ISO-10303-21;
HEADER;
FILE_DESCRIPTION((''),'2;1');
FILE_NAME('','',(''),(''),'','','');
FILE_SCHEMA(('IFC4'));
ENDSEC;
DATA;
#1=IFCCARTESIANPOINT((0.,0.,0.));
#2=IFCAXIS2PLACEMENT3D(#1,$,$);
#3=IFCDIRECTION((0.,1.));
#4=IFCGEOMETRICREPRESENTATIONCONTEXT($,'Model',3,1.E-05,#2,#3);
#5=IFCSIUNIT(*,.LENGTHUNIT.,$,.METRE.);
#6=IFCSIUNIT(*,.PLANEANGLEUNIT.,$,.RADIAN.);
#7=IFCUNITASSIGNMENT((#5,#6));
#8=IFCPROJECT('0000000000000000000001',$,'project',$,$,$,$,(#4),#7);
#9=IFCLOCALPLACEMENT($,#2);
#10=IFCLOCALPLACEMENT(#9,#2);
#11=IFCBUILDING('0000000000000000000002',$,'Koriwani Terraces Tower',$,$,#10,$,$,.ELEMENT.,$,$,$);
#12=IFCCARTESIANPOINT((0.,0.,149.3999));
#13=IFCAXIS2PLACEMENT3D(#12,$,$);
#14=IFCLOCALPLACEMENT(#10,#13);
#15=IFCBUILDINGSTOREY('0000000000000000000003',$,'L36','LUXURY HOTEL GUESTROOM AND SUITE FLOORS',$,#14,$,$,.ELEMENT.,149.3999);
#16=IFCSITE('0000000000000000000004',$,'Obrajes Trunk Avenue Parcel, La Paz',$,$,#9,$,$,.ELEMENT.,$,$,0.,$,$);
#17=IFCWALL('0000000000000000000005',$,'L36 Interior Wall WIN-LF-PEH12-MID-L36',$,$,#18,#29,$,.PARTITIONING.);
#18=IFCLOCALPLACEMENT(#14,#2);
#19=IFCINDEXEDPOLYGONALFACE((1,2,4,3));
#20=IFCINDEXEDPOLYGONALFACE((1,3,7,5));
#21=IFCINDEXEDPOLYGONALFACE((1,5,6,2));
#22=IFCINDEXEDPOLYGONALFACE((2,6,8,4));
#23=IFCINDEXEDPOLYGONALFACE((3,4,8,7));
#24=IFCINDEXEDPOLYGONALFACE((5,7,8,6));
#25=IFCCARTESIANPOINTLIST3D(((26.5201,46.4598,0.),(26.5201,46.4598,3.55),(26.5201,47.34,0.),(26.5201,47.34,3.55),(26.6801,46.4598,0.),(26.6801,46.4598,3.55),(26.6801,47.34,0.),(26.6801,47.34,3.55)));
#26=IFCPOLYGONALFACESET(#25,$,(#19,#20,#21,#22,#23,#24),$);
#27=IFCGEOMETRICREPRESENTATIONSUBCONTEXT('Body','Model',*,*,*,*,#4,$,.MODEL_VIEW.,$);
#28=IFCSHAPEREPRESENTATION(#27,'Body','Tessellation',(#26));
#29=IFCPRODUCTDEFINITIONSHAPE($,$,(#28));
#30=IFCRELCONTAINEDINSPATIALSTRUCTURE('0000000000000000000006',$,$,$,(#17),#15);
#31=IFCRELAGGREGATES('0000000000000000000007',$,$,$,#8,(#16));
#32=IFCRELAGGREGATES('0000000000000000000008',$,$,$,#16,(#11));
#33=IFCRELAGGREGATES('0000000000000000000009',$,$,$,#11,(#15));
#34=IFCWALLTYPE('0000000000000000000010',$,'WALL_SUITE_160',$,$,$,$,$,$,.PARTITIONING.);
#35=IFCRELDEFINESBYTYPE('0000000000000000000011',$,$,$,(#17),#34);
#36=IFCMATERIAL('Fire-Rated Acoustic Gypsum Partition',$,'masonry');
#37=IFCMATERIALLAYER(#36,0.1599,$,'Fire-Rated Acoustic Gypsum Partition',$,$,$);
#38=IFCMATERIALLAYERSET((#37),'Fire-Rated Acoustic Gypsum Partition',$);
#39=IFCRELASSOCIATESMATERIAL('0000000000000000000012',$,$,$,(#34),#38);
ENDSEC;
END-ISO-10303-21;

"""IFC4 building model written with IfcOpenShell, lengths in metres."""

from ifc_helpers import new_model, si_unit, direction, frame, frame_2d, origin, place, context, subcontext, project, spatial, rectangle, extrude, material, layer, layer_set, type_object, element, save


model = new_model("IFC4")

# Units and contexts
model_context = context("Model", 3, precision=1e-05, world=origin(), true_north=direction((0.0, 1.0)))
body_context = subcontext(model_context, "Body", "Model", "MODEL_VIEW")
ifc_project = project(units=[si_unit("LENGTHUNIT", "METRE"), si_unit("PLANEANGLEUNIT", "RADIAN")], contexts=[model_context])

# Site, building, storey
site_placement = place(None, origin())
site = spatial("IfcSite", under=ifc_project, at=site_placement, Name="Obrajes Trunk Avenue Parcel, La Paz", CompositionType="ELEMENT", RefElevation=0.0)
building_placement = place(site_placement, origin())
building = spatial("IfcBuilding", under=site, at=building_placement, Name="Koriwani Terraces Tower", CompositionType="ELEMENT")
storey_placement = place(building_placement, frame((0.0, 0.0, 149.3999)))
storey = spatial("IfcBuildingStorey", under=building, at=storey_placement, Name="L36", Description="LUXURY HOTEL GUESTROOM AND SUITE FLOORS", CompositionType="ELEMENT", Elevation=149.3999)

# Wall
ifc_material_1 = material(Name="Fire-Rated Acoustic Gypsum Partition", Category="masonry")
ifc_layer_1 = layer(ifc_material_1, 0.1599, Name="Fire-Rated Acoustic Gypsum Partition")
ifc_layer_set_1 = layer_set([ifc_layer_1], Name="Fire-Rated Acoustic Gypsum Partition")
wall_type_1 = type_object("IfcWallType", Name="WALL_SUITE_160", PredefinedType="PARTITIONING", material=ifc_layer_set_1)
wall_1_placement = place(storey_placement, frame((26.6001, 46.46, 0.0), z_axis=(0.0, 0.0, 1.0), x_axis=(0.0, 1.0, 0.0)))
element("IfcWall", 1, at=wall_1_placement, inside=storey, type_object=wall_type_1, Name="L36 Interior Wall WIN-LF-PEH12-MID-L36", PredefinedType="PARTITIONING", context=body_context, shape_type="SweptSolid", body=[
    extrude(rectangle(XDim=0.8801, YDim=0.1599, at=frame_2d((0.4399, 0.0))), origin(), (0.0, 0.0, 1.0), 3.55),
])

save(model, "model.ifc")
